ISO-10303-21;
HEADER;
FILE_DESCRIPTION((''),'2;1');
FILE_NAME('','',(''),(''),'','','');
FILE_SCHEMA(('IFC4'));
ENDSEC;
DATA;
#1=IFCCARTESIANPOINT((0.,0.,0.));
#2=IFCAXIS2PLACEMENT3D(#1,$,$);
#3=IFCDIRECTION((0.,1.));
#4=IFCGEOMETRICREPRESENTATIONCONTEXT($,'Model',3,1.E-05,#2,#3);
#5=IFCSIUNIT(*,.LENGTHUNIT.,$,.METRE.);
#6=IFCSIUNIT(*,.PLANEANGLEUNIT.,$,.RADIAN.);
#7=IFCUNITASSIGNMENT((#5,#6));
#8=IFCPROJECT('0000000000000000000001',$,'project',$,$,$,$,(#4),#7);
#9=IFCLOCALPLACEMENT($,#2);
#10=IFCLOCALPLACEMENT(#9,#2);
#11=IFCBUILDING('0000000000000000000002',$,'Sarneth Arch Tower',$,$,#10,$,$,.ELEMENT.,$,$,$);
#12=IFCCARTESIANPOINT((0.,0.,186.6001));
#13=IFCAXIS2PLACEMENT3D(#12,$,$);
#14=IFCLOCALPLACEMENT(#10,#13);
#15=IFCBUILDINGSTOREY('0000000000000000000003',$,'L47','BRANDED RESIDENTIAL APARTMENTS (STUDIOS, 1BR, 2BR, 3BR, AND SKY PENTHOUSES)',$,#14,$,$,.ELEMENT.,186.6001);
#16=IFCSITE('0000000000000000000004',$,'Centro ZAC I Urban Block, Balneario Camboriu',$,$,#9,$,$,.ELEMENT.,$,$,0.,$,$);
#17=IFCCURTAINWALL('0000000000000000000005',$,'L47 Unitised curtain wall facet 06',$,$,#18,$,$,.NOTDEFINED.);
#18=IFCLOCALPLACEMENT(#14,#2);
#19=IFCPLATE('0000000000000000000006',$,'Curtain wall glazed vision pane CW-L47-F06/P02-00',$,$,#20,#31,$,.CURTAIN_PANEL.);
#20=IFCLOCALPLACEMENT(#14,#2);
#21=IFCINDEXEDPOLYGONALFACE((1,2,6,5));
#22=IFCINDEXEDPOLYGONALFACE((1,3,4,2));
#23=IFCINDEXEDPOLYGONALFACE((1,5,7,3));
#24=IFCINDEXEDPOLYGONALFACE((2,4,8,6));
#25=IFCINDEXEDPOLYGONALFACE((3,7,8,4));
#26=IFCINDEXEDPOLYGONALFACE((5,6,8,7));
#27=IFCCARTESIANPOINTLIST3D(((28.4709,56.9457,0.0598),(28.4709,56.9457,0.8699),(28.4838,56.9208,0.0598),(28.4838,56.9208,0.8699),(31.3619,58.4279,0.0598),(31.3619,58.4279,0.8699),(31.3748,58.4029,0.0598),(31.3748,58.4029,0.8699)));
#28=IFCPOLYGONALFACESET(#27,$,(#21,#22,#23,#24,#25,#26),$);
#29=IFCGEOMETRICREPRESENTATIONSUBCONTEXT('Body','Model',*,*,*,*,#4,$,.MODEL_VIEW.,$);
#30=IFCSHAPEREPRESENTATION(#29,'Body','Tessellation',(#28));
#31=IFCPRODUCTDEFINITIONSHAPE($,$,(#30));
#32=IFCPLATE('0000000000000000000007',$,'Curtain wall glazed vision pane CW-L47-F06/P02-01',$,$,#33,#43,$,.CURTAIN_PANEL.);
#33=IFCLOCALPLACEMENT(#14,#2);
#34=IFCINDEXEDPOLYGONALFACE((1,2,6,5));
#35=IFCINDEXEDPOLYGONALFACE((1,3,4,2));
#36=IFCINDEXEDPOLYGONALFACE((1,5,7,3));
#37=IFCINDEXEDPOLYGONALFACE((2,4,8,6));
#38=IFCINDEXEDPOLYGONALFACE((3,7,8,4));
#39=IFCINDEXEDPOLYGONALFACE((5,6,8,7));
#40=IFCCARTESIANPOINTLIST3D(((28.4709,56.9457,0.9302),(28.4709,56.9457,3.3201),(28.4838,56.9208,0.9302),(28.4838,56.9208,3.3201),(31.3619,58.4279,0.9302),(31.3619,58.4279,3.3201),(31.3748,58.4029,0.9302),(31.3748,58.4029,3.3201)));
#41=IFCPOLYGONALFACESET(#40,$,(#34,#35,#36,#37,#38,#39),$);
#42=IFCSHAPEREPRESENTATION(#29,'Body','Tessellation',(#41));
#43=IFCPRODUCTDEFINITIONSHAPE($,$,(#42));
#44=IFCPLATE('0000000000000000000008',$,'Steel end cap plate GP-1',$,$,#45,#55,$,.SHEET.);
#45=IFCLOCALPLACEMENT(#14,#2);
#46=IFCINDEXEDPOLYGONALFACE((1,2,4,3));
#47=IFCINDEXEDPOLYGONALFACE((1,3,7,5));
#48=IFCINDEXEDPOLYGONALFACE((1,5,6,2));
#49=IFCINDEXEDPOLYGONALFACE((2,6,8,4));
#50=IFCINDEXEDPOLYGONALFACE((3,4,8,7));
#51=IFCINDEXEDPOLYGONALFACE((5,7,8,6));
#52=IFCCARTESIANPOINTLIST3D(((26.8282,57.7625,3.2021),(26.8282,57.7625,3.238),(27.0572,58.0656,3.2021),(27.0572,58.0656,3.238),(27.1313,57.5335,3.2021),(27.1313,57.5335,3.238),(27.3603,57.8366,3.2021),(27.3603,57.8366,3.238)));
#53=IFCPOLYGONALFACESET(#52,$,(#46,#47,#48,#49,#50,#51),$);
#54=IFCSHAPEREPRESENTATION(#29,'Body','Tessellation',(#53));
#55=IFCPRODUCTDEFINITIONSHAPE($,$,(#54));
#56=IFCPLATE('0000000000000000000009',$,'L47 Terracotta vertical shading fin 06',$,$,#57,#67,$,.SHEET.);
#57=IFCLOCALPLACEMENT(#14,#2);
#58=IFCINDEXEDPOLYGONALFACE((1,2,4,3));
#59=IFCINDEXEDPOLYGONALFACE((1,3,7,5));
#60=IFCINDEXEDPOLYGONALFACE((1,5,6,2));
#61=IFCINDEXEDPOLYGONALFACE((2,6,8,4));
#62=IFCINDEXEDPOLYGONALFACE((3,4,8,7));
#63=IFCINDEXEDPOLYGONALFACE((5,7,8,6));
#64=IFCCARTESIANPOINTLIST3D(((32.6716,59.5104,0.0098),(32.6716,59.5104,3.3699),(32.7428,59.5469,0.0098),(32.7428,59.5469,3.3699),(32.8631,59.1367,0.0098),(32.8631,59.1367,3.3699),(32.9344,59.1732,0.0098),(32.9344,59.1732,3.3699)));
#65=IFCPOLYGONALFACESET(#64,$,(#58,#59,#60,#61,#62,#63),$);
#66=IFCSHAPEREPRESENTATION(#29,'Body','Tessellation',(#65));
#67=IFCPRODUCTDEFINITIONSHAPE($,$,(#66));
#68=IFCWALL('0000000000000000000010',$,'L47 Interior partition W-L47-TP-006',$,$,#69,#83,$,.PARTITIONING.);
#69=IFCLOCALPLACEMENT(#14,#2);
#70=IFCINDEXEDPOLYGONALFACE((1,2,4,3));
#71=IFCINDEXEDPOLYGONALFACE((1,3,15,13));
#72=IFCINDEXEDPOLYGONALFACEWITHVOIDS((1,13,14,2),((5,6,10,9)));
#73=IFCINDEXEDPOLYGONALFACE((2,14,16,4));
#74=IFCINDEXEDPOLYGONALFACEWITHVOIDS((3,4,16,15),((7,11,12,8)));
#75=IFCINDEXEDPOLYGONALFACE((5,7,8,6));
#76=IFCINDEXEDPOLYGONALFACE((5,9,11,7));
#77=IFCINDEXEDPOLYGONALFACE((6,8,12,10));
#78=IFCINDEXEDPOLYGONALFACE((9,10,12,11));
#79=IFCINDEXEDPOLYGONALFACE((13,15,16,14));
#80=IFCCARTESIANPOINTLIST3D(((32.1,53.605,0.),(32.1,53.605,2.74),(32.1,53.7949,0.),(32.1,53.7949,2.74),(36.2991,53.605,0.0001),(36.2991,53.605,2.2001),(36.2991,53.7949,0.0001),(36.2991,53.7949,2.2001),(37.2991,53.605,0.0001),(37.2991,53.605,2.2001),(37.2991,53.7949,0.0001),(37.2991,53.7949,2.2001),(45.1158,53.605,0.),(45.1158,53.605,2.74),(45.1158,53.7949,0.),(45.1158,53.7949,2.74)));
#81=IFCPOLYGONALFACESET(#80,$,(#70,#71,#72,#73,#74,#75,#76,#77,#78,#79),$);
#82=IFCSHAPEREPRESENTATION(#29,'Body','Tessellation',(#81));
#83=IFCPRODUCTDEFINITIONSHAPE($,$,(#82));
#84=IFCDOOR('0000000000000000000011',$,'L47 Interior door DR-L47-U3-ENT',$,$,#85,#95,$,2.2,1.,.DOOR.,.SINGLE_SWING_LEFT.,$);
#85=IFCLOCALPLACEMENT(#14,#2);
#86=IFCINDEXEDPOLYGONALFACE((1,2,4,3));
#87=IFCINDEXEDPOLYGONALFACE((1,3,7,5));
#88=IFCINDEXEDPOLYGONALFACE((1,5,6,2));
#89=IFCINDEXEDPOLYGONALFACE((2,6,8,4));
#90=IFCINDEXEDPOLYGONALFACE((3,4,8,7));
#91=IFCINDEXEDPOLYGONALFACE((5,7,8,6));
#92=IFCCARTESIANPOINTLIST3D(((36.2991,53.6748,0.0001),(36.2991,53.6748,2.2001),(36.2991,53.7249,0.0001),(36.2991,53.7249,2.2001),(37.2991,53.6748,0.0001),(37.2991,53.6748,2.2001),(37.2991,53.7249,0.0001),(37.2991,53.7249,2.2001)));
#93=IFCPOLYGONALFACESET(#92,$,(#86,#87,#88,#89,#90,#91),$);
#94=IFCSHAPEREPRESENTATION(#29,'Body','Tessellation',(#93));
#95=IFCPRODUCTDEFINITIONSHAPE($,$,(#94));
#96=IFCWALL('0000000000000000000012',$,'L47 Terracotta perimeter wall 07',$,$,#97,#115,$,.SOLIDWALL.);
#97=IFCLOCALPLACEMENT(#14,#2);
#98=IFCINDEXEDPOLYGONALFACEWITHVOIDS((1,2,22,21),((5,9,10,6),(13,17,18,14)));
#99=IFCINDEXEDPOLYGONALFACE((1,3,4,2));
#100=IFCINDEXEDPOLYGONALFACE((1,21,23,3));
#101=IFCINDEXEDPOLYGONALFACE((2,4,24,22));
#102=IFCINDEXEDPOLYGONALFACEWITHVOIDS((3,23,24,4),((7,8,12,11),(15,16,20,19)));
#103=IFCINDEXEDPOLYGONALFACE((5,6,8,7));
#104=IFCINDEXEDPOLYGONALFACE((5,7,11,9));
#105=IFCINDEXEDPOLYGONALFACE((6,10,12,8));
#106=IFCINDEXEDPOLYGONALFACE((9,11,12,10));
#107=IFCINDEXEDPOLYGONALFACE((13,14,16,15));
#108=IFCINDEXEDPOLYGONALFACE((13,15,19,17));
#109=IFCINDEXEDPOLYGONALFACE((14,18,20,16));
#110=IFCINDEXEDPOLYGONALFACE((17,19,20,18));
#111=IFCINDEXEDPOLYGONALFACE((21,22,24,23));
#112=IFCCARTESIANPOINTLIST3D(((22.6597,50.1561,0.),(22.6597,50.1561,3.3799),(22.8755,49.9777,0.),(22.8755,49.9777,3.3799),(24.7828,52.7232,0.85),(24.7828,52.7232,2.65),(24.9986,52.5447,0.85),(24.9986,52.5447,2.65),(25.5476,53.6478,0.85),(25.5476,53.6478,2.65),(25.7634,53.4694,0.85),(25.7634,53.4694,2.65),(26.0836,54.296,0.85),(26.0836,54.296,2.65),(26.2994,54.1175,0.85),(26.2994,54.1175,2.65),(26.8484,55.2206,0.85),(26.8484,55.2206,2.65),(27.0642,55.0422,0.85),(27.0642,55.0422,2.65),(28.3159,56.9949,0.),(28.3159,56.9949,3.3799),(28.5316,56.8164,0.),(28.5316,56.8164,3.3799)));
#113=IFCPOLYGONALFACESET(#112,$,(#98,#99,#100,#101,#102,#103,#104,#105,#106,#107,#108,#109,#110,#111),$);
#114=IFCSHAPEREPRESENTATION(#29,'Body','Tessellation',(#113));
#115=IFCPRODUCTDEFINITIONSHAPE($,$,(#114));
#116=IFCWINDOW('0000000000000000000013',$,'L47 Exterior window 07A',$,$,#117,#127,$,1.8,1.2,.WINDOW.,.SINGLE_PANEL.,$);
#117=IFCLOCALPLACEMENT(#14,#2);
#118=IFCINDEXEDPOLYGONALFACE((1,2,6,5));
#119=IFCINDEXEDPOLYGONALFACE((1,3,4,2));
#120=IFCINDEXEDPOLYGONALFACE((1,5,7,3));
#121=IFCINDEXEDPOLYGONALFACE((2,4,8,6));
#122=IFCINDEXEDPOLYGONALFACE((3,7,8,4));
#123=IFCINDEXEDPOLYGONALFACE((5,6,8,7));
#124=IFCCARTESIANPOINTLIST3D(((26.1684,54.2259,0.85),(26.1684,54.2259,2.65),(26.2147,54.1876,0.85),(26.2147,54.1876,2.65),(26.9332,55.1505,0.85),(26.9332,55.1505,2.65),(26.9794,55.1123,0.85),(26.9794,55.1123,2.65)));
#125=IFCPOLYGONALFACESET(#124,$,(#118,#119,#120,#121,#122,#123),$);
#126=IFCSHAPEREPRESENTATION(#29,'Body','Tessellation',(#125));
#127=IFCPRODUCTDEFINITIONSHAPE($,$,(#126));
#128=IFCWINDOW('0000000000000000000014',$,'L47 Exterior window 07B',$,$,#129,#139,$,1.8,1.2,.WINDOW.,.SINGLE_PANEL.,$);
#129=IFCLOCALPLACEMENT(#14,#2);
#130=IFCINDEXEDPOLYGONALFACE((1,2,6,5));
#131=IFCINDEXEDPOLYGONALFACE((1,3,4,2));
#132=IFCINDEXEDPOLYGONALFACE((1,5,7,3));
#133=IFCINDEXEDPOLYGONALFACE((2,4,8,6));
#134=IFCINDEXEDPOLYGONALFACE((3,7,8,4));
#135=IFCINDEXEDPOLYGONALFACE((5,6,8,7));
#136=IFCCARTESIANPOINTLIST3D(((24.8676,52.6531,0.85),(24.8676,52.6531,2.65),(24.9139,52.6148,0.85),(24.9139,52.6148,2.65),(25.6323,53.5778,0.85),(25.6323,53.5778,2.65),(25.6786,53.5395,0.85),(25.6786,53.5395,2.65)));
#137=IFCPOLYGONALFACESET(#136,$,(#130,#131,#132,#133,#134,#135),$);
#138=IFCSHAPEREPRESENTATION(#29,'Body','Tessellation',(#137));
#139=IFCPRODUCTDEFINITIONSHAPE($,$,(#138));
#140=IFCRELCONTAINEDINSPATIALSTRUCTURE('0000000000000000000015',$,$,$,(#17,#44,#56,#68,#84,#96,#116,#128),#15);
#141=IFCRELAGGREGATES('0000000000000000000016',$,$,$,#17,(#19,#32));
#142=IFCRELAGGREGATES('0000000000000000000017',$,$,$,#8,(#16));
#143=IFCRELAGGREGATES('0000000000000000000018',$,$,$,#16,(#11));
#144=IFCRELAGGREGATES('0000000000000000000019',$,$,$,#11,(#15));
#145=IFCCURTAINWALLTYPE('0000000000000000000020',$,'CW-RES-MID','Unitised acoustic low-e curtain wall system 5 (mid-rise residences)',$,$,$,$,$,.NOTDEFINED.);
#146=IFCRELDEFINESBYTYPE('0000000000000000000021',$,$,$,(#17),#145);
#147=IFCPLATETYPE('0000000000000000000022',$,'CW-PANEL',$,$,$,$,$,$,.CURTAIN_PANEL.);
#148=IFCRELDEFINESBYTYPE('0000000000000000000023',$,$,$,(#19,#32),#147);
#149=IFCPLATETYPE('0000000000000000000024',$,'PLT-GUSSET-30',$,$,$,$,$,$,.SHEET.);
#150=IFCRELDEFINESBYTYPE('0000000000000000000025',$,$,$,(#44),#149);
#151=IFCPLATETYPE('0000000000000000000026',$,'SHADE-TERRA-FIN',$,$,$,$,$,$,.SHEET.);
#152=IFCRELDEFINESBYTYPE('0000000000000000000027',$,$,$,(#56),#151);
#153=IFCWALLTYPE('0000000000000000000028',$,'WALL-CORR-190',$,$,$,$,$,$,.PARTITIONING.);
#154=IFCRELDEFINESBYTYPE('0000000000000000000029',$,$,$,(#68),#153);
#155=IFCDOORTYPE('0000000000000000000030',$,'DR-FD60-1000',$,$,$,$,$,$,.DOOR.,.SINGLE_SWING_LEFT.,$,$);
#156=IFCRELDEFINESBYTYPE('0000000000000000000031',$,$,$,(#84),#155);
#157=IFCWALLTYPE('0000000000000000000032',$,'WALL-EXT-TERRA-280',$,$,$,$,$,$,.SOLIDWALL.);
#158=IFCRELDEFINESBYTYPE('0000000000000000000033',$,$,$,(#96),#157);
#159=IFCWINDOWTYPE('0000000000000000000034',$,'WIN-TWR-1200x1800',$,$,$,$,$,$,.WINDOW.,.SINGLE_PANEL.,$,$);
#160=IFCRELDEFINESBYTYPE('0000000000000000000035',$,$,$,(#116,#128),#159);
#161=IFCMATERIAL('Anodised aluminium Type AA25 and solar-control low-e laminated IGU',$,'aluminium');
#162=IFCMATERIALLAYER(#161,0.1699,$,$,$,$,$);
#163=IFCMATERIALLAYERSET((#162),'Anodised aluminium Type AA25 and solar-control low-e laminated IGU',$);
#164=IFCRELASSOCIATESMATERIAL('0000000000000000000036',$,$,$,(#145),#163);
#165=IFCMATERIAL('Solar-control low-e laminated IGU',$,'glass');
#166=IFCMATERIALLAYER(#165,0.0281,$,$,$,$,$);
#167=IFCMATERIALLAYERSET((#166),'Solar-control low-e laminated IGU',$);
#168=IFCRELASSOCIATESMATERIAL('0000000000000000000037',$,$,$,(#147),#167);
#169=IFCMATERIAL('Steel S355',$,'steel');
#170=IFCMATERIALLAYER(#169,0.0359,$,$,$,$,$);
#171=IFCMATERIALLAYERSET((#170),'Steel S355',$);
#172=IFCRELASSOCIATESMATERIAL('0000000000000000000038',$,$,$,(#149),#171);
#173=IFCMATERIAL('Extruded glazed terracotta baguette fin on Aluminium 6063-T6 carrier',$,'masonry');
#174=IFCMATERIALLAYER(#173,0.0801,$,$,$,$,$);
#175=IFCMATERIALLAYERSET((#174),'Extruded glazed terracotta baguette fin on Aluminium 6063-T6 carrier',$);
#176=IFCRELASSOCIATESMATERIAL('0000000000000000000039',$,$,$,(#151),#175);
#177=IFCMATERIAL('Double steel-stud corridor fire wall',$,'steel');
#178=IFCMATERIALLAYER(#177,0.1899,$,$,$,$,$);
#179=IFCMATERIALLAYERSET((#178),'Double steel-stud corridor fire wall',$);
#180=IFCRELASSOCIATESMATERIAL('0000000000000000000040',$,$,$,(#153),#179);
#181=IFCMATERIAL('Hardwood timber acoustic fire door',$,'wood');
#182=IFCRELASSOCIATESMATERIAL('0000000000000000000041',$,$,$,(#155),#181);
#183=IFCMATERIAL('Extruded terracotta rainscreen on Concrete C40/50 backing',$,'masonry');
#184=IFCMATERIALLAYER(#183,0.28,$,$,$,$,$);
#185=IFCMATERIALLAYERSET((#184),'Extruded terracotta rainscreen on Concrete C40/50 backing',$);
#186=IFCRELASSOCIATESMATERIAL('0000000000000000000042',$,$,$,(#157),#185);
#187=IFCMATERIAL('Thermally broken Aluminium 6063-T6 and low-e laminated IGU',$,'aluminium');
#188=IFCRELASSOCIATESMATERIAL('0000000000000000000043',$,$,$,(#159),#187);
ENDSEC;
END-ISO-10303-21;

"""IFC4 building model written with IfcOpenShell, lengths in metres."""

from ifc_helpers import new_model, si_unit, direction, frame, frame_2d, origin, origin_2d, place, context, subcontext, project, spatial, rectangle, extrude, material, layer, layer_set, type_object, element, fill, aggregate, save


model = new_model("IFC4")

# Units and contexts
model_context = context("Model", 3, precision=1e-05, world=origin(), true_north=direction((0.0, 1.0)))
body_context = subcontext(model_context, "Body", "Model", "MODEL_VIEW")
ifc_project = project(units=[si_unit("LENGTHUNIT", "METRE"), si_unit("PLANEANGLEUNIT", "RADIAN")], contexts=[model_context])

# Site, building, storey
site_placement = place(None, origin())
site = spatial("IfcSite", under=ifc_project, at=site_placement, Name="Centro ZAC I Urban Block, Balneario Camboriu", CompositionType="ELEMENT", RefElevation=0.0)
building_placement = place(site_placement, origin())
building = spatial("IfcBuilding", under=site, at=building_placement, Name="Sarneth Arch Tower", CompositionType="ELEMENT")
storey_placement = place(building_placement, frame((0.0, 0.0, 186.6001)))
storey = spatial("IfcBuildingStorey", under=building, at=storey_placement, Name="L47", Description="BRANDED RESIDENTIAL APARTMENTS (STUDIOS, 1BR, 2BR, 3BR, AND SKY PENTHOUSES)", CompositionType="ELEMENT", Elevation=186.6001)

# Curtain wall
ifc_material_1 = material(Name="Anodised aluminium Type AA25 and solar-control low-e laminated IGU", Category="aluminium")
ifc_layer_1 = layer(ifc_material_1, 0.1699)
ifc_layer_set_1 = layer_set([ifc_layer_1], Name="Anodised aluminium Type AA25 and solar-control low-e laminated IGU")
curtain_wall_type = type_object("IfcCurtainWallType", Name="CW-RES-MID", Description="Unitised acoustic low-e curtain wall system 5 (mid-rise residences)", PredefinedType="NOTDEFINED", material=ifc_layer_set_1)
curtain_wall_placement = place(storey_placement, origin())
curtain_wall = element("IfcCurtainWall", 1, at=curtain_wall_placement, inside=storey, type_object=curtain_wall_type, Name="L47 Unitised curtain wall facet 06", PredefinedType="NOTDEFINED")

# Plates
ifc_material_2 = material(Name="Solar-control low-e laminated IGU", Category="glass")
ifc_layer_2 = layer(ifc_material_2, 0.0281)
ifc_layer_set_2 = layer_set([ifc_layer_2], Name="Solar-control low-e laminated IGU")
plate_type_1 = type_object("IfcPlateType", Name="CW-PANEL", PredefinedType="CURTAIN_PANEL", material=ifc_layer_set_2)
plate_1_placement = place(storey_placement, frame((29.9229, 57.6743, 0.0598), z_axis=(0.0, 0.0, 1.0), x_axis=(-0.889873, -0.456208, 0.0)))
plate_1 = element("IfcPlate", 2, at=plate_1_placement, type_object=plate_type_1, Name="Curtain wall glazed vision pane CW-L47-F06/P02-00", PredefinedType="CURTAIN_PANEL", context=body_context, shape_type="SweptSolid", body=[
    extrude(rectangle(XDim=3.2488, YDim=0.0281, at=origin_2d()), origin(), (0.0, 0.0, 1.0), 0.8101),
])
plate_2_placement = place(storey_placement, frame((29.9229, 57.6743, 0.9302), z_axis=(0.0, 0.0, 1.0), x_axis=(-0.889873, -0.456208, 0.0)))
plate_2 = element("IfcPlate", 3, at=plate_2_placement, type_object=plate_type_1, Name="Curtain wall glazed vision pane CW-L47-F06/P02-01", PredefinedType="CURTAIN_PANEL", context=body_context, shape_type="SweptSolid", body=[
    extrude(rectangle(XDim=3.2488, YDim=0.0281, at=origin_2d()), origin(), (0.0, 0.0, 1.0), 2.3899),
])
aggregate(curtain_wall, [plate_1, plate_2])

# Plates
ifc_material_3 = material(Name="Steel S355", Category="steel")
ifc_layer_3 = layer(ifc_material_3, 0.0359)
ifc_layer_set_3 = layer_set([ifc_layer_3], Name="Steel S355")
plate_type_2 = type_object("IfcPlateType", Name="PLT-GUSSET-30", PredefinedType="SHEET", material=ifc_layer_set_3)
plate_3_placement = place(storey_placement, frame((27.0942, 57.7996, 3.2021), z_axis=(0.0, 0.0, 1.0), x_axis=(-0.797794, 0.60293, 0.0)))
element("IfcPlate", 4, at=plate_3_placement, inside=storey, type_object=plate_type_2, Name="Steel end cap plate GP-1", PredefinedType="SHEET", context=body_context, shape_type="SweptSolid", body=[
    extrude(rectangle(XDim=0.3799, YDim=0.3799, at=origin_2d()), origin(), (0.0, 0.0, 1.0), 0.0359),
])
ifc_material_4 = material(Name="Extruded glazed terracotta baguette fin on Aluminium 6063-T6 carrier", Category="masonry")
ifc_layer_4 = layer(ifc_material_4, 0.0801)
ifc_layer_set_4 = layer_set([ifc_layer_4], Name="Extruded glazed terracotta baguette fin on Aluminium 6063-T6 carrier")
plate_type_3 = type_object("IfcPlateType", Name="SHADE-TERRA-FIN", PredefinedType="SHEET", material=ifc_layer_set_4)
plate_4_placement = place(storey_placement, frame((32.803, 59.3418, 0.0098), z_axis=(0.0, 0.0, 1.0), x_axis=(-0.456166, 0.889895, 0.0)))
element("IfcPlate", 5, at=plate_4_placement, inside=storey, type_object=plate_type_3, Name="L47 Terracotta vertical shading fin 06", PredefinedType="SHEET", context=body_context, shape_type="SweptSolid", body=[
    extrude(rectangle(XDim=0.4199, YDim=0.0801, at=origin_2d()), origin(), (0.0, 0.0, 1.0), 3.3601),
])

# Wall, opening, door
ifc_material_5 = material(Name="Double steel-stud corridor fire wall", Category="steel")
ifc_layer_5 = layer(ifc_material_5, 0.1899)
ifc_layer_set_5 = layer_set([ifc_layer_5], Name="Double steel-stud corridor fire wall")
wall_type_1 = type_object("IfcWallType", Name="WALL-CORR-190", PredefinedType="PARTITIONING", material=ifc_layer_set_5)
wall_1_placement = place(storey_placement, frame((32.1001, 53.7, 0.0), z_axis=(0.0, 0.0, 1.0), x_axis=(1.0, 0.0, 0.0)))
wall_1 = element("IfcWall", 6, at=wall_1_placement, inside=storey, type_object=wall_type_1, Name="L47 Interior partition W-L47-TP-006", PredefinedType="PARTITIONING", context=body_context, shape_type="SweptSolid", body=[
    extrude(rectangle(XDim=13.0159, YDim=0.1899, at=frame_2d((6.5078, 0.0))), origin(), (0.0, 0.0, 1.0), 2.74),
])
opening_1_placement = place(wall_1_placement, frame((4.199, 0.0, 0.0)))
opening_1 = element("IfcOpeningElement", 7, at=opening_1_placement, cuts=wall_1, PredefinedType="OPENING", context=body_context, shape_type="SweptSolid", body=[
    extrude(rectangle(XDim=1.0, YDim=2.2, at=frame_2d((0.5, 1.1001))), frame((0.0, 0.105, 0.0), z_axis=(0.0, -1.0, 0.0), x_axis=(1.0, 0.0, 0.0)), (0.0, 0.0, 1.0), 0.21),
])
ifc_material_6 = material(Name="Hardwood timber acoustic fire door", Category="wood")
door_type_1 = type_object("IfcDoorType", Name="DR-FD60-1000", OperationType="SINGLE_SWING_LEFT", PredefinedType="DOOR", material=ifc_material_6)
door_1_placement = place(opening_1_placement, origin())
door_1 = element("IfcDoor", 8, at=door_1_placement, inside=storey, type_object=door_type_1, Name="L47 Interior door DR-L47-U3-ENT", OperationType="SINGLE_SWING_LEFT", OverallHeight=2.2, OverallWidth=1.0, PredefinedType="DOOR", context=body_context, shape_type="SweptSolid", body=[
    extrude(rectangle(XDim=1.0, YDim=2.2, at=frame_2d((0.5, 1.1001))), frame((0.0, 0.0249, 0.0), z_axis=(0.0, -1.0, 0.0), x_axis=(1.0, 0.0, 0.0)), (0.0, 0.0, 1.0), 0.05),
])
fill(opening_1, door_1)

# Wall, openings, windows
ifc_material_7 = material(Name="Extruded terracotta rainscreen on Concrete C40/50 backing", Category="masonry")
ifc_layer_6 = layer(ifc_material_7, 0.28)
ifc_layer_set_6 = layer_set([ifc_layer_6], Name="Extruded terracotta rainscreen on Concrete C40/50 backing")
wall_type_2 = type_object("IfcWallType", Name="WALL-EXT-TERRA-280", PredefinedType="SOLIDWALL", material=ifc_layer_set_6)
wall_2_placement = place(storey_placement, frame((28.4238, 56.9058, 0.0), z_axis=(0.0, 0.0, 1.0), x_axis=(-0.637333, -0.770588, 0.0)))
wall_2 = element("IfcWall", 9, at=wall_2_placement, inside=storey, type_object=wall_type_2, Name="L47 Terracotta perimeter wall 07", PredefinedType="SOLIDWALL", context=body_context, shape_type="SweptSolid", body=[
    extrude(rectangle(XDim=8.8748, YDim=0.28, at=frame_2d((4.4375, 0.0))), origin(), (0.0, 0.0, 1.0), 3.3799),
])
opening_2_placement = place(wall_2_placement, frame((2.3025, 0.0, 0.8501)))
opening_2 = element("IfcOpeningElement", 10, at=opening_2_placement, cuts=wall_2, PredefinedType="OPENING", context=body_context, shape_type="SweptSolid", body=[
    extrude(rectangle(XDim=1.2, YDim=1.8, at=frame_2d((0.6001, 0.8999))), frame((0.0, 0.1499, 0.0), z_axis=(0.0, -1.0, 0.0), x_axis=(1.0, 0.0, 0.0)), (0.0, 0.0, 1.0), 0.3),
])
opening_3_placement = place(wall_2_placement, frame((4.3435, 0.0, 0.8501)))
opening_3 = element("IfcOpeningElement", 11, at=opening_3_placement, cuts=wall_2, PredefinedType="OPENING", context=body_context, shape_type="SweptSolid", body=[
    extrude(rectangle(XDim=1.2, YDim=1.8, at=frame_2d((0.6001, 0.8999))), frame((0.0, 0.1499, 0.0), z_axis=(0.0, -1.0, 0.0), x_axis=(1.0, 0.0, 0.0)), (0.0, 0.0, 1.0), 0.3),
])
ifc_material_8 = material(Name="Thermally broken Aluminium 6063-T6 and low-e laminated IGU", Category="aluminium")
window_type = type_object("IfcWindowType", Name="WIN-TWR-1200x1800", PartitioningType="SINGLE_PANEL", PredefinedType="WINDOW", material=ifc_material_8)
window_1_placement = place(opening_2_placement, origin())
window_1 = element("IfcWindow", 12, at=window_1_placement, inside=storey, type_object=window_type, Name="L47 Exterior window 07A", OverallHeight=1.8, OverallWidth=1.2, PartitioningType="SINGLE_PANEL", PredefinedType="WINDOW", context=body_context, shape_type="SweptSolid", body=[
    extrude(rectangle(XDim=1.2, YDim=1.8, at=frame_2d((0.6001, 0.8999))), frame((0.0, 0.03, 0.0), z_axis=(0.0, -1.0, 0.0), x_axis=(1.0, 0.0, 0.0)), (0.0, 0.0, 1.0), 0.0601),
])
fill(opening_2, window_1)
window_2_placement = place(opening_3_placement, origin())
window_2 = element("IfcWindow", 13, at=window_2_placement, inside=storey, type_object=window_type, Name="L47 Exterior window 07B", OverallHeight=1.8, OverallWidth=1.2, PartitioningType="SINGLE_PANEL", PredefinedType="WINDOW", context=body_context, shape_type="SweptSolid", body=[
    extrude(rectangle(XDim=1.2, YDim=1.8, at=frame_2d((0.6001, 0.8999))), frame((0.0, 0.03, 0.0), z_axis=(0.0, -1.0, 0.0), x_axis=(1.0, 0.0, 0.0)), (0.0, 0.0, 1.0), 0.0601),
])
fill(opening_3, window_2)

save(model, "model.ifc")
